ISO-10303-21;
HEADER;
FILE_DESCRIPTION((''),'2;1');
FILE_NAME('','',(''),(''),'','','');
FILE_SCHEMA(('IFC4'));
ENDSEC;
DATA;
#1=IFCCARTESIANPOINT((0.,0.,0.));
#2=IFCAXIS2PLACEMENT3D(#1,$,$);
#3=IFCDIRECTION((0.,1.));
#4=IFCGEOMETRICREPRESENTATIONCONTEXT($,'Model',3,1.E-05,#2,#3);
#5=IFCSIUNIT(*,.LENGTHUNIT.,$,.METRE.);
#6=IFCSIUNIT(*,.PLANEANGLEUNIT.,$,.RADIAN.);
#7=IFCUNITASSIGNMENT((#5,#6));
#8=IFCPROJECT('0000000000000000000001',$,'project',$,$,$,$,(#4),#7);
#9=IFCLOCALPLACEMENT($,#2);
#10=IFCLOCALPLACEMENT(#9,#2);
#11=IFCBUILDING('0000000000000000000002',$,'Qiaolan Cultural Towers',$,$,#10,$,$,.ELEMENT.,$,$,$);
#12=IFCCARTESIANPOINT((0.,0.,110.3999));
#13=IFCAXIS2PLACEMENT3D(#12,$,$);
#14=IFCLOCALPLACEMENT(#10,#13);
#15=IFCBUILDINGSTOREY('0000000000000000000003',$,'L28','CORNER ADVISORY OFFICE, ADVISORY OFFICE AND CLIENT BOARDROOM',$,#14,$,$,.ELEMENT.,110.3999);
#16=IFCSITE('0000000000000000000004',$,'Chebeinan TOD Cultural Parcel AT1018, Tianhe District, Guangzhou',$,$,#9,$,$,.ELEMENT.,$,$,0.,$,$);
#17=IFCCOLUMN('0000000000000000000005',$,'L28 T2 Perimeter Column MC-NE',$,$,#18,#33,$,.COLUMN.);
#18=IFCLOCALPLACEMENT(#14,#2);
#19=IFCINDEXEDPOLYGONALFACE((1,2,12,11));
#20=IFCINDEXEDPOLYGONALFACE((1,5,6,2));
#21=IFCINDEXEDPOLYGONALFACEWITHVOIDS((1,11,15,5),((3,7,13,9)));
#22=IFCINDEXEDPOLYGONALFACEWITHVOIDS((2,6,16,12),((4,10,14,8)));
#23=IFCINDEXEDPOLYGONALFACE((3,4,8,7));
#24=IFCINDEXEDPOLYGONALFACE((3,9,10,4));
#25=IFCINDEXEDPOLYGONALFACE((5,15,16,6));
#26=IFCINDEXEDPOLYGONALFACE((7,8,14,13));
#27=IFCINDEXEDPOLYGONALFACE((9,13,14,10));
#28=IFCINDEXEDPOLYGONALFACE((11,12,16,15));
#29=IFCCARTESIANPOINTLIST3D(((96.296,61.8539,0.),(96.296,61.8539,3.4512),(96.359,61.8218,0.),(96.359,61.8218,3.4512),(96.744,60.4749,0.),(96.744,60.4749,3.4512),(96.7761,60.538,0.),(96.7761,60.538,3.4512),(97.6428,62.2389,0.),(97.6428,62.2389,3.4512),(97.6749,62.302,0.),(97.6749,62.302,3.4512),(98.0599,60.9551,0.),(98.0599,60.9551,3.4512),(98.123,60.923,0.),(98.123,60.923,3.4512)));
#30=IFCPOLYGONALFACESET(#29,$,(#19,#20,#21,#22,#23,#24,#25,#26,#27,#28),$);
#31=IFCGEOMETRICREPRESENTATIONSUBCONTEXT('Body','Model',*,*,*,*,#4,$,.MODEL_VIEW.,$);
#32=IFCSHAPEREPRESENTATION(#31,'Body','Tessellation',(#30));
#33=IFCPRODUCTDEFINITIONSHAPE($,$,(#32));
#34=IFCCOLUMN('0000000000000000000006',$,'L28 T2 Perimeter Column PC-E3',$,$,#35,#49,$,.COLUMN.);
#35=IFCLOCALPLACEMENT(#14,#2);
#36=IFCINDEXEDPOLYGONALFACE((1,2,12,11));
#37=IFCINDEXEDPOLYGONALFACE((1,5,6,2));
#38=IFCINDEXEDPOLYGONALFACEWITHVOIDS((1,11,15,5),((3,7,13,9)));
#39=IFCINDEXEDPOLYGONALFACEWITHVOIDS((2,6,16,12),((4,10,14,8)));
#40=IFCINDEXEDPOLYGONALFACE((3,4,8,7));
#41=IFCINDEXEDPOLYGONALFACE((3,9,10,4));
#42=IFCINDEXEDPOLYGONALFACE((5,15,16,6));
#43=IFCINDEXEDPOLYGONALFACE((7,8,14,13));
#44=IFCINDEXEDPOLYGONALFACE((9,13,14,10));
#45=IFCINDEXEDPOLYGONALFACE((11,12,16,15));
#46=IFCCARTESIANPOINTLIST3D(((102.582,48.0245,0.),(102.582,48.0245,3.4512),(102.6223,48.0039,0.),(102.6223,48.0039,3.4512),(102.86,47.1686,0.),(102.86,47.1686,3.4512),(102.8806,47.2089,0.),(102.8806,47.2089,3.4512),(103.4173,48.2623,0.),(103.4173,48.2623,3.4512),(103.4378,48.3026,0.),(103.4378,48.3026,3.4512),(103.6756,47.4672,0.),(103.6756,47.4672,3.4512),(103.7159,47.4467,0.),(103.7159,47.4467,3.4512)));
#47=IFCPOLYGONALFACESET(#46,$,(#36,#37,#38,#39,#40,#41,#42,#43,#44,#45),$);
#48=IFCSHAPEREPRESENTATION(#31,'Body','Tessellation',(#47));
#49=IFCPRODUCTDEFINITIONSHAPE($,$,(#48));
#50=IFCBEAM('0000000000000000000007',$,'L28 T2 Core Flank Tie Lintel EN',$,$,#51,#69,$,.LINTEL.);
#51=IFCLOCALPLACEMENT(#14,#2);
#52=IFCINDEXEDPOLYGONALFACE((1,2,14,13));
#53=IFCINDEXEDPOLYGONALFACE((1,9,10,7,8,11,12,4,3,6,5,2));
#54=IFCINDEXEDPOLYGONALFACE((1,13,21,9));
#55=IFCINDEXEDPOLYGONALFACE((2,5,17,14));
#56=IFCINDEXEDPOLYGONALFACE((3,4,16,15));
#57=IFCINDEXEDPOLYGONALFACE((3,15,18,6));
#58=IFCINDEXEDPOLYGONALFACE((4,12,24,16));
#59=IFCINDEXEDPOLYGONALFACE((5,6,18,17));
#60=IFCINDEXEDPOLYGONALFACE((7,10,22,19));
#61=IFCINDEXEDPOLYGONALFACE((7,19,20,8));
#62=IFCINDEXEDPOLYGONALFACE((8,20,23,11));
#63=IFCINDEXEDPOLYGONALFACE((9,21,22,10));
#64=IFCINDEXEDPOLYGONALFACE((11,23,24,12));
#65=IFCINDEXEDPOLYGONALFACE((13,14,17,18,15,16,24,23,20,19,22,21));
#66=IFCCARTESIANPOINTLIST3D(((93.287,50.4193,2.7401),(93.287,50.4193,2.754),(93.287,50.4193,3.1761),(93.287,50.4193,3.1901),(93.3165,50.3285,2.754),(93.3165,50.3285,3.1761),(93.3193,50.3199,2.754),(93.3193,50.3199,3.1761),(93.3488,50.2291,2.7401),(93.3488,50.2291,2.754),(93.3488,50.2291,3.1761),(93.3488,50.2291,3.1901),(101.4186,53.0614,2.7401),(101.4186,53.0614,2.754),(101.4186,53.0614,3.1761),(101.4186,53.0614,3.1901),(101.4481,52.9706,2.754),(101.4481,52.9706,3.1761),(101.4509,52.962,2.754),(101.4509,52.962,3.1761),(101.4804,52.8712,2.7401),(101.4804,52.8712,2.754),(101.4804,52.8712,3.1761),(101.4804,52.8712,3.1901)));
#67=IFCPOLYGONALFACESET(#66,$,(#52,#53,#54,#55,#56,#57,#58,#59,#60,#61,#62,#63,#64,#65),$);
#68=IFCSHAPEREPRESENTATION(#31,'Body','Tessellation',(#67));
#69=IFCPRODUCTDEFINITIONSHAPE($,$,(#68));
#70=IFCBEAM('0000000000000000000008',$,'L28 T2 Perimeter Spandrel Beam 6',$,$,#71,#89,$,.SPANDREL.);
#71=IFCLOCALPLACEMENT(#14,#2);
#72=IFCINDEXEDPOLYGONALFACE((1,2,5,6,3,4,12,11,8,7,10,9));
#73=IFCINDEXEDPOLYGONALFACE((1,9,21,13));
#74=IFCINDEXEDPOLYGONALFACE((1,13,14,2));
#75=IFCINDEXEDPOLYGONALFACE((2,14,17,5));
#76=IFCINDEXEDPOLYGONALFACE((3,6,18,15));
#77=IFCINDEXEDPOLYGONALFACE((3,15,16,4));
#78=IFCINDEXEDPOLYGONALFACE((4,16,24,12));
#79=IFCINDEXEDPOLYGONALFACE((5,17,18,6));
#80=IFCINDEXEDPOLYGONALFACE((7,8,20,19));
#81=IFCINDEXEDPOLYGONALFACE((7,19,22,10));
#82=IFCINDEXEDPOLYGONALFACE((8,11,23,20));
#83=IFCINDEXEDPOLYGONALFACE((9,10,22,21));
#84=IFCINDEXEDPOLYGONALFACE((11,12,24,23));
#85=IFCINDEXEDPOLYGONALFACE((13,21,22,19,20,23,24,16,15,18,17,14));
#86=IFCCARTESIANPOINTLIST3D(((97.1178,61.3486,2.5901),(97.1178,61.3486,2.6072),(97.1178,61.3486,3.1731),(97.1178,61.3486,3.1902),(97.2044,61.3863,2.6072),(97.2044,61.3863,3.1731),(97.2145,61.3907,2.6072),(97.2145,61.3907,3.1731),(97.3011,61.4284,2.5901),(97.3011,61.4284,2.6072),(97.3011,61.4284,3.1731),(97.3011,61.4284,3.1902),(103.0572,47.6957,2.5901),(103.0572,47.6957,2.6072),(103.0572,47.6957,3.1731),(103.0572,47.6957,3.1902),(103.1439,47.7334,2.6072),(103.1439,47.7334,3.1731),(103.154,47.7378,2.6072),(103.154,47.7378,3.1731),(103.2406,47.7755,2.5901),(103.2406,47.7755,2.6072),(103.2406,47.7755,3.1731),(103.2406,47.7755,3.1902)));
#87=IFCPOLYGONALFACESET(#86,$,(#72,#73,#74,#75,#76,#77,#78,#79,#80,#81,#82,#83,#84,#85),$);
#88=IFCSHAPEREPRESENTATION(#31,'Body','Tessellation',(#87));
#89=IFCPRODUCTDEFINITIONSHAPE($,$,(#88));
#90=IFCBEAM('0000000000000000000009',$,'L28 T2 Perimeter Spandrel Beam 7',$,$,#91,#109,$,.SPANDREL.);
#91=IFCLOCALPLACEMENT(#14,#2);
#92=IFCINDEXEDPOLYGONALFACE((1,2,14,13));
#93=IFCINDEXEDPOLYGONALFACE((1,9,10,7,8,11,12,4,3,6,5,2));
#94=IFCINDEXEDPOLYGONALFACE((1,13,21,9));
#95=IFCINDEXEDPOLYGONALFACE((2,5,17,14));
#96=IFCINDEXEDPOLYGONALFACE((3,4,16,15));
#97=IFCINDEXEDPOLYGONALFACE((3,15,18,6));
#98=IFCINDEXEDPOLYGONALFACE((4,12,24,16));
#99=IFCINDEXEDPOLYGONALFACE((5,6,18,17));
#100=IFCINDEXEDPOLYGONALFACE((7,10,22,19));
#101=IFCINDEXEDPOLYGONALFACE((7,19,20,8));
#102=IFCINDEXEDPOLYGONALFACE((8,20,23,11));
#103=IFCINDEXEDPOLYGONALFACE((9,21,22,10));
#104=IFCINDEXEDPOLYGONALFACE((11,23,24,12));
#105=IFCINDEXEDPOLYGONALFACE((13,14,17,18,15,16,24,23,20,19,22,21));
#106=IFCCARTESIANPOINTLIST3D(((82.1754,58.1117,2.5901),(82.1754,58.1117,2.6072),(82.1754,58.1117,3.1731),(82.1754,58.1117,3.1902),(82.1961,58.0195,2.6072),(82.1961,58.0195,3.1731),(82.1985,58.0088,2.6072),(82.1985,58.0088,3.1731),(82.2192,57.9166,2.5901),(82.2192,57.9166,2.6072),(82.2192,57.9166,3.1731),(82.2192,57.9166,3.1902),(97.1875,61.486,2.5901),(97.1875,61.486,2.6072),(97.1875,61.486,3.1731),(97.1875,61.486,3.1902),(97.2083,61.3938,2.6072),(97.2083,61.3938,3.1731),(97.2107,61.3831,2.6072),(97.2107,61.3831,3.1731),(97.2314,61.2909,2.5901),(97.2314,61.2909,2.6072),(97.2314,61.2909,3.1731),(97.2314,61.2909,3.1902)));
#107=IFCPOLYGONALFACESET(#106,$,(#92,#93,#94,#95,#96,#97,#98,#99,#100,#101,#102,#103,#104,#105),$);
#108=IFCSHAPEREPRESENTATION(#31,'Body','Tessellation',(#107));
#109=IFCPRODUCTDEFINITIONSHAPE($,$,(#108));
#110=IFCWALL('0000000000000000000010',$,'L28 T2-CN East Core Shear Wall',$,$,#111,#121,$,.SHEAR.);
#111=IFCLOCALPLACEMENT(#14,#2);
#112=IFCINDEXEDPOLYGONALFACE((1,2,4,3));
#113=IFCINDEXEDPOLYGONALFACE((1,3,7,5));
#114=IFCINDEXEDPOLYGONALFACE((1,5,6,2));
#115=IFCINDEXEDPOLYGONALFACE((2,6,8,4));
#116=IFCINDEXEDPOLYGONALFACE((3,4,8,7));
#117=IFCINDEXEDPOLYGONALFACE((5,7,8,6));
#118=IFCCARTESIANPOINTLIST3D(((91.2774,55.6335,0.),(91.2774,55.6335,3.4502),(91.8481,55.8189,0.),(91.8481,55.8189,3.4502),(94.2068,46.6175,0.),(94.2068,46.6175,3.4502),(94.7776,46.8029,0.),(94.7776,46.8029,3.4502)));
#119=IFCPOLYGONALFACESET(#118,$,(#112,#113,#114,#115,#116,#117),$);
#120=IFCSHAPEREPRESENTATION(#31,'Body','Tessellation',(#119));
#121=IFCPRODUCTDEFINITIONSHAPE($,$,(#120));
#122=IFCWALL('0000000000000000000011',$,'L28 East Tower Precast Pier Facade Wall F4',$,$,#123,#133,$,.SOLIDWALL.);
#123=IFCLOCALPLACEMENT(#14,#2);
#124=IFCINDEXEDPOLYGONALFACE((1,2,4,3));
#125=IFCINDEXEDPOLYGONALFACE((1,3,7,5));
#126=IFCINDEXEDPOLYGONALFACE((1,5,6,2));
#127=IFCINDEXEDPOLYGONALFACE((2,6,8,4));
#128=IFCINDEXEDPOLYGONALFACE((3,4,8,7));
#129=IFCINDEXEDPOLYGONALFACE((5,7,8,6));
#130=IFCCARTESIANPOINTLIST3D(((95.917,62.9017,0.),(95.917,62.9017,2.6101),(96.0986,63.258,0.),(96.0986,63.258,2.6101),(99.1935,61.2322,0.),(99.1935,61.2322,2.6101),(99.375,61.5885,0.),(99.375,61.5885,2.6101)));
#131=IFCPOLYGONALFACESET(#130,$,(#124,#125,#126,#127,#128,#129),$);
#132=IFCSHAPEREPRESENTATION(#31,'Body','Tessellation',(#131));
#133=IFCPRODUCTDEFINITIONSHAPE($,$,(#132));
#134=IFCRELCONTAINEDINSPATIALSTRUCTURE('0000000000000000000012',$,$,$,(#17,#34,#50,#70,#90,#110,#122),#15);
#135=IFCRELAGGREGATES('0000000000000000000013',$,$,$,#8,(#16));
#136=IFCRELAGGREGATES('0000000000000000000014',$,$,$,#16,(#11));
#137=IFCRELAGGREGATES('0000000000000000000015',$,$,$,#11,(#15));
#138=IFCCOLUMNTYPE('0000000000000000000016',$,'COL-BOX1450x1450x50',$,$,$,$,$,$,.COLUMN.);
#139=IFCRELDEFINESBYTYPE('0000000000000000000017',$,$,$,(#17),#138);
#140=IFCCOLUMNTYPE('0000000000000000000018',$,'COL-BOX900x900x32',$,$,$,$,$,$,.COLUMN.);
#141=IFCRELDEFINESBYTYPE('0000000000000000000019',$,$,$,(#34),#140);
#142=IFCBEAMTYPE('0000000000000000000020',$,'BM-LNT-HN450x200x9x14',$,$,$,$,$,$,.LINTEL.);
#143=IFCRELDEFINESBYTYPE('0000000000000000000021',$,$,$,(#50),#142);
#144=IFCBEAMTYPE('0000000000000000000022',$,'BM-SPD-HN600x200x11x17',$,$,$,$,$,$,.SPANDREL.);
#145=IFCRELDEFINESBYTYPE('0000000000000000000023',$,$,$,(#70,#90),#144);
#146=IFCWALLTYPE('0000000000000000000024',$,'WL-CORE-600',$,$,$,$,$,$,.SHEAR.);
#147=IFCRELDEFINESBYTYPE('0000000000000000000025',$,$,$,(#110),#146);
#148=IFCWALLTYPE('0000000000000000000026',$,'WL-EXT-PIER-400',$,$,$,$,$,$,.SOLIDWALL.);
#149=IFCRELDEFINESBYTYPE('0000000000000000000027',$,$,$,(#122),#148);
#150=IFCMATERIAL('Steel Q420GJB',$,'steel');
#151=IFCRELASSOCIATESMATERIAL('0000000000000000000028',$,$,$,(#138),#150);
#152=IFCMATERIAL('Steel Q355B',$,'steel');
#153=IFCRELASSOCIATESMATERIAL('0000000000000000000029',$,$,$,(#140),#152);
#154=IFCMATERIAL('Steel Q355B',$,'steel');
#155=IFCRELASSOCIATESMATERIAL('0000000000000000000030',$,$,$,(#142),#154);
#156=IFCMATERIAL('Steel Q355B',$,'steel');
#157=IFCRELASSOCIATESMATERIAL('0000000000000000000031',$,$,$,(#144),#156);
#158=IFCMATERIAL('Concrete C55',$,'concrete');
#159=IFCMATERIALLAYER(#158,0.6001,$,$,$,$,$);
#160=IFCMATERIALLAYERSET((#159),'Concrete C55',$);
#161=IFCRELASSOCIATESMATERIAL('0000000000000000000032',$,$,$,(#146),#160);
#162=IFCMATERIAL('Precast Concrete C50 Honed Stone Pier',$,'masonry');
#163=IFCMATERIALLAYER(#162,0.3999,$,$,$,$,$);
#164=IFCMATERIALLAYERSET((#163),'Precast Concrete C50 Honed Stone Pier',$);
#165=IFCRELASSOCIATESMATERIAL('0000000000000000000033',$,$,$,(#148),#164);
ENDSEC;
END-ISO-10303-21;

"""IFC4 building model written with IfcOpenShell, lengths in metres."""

from ifc_helpers import new_model, si_unit, direction, frame, frame_2d, origin, origin_2d, place, context, subcontext, project, spatial, rectangle, hollow_rectangle, i_section, extrude, material, layer, layer_set, material_profile, profile_set, type_object, element, save


model = new_model("IFC4")

# Units and contexts
model_context = context("Model", 3, precision=1e-05, world=origin(), true_north=direction((0.0, 1.0)))
body_context = subcontext(model_context, "Body", "Model", "MODEL_VIEW")
ifc_project = project(units=[si_unit("LENGTHUNIT", "METRE"), si_unit("PLANEANGLEUNIT", "RADIAN")], contexts=[model_context])

# Site, building, storey
site_placement = place(None, origin())
site = spatial("IfcSite", under=ifc_project, at=site_placement, Name="Chebeinan TOD Cultural Parcel AT1018, Tianhe District, Guangzhou", CompositionType="ELEMENT", RefElevation=0.0)
building_placement = place(site_placement, origin())
building = spatial("IfcBuilding", under=site, at=building_placement, Name="Qiaolan Cultural Towers", CompositionType="ELEMENT")
storey_placement = place(building_placement, frame((0.0, 0.0, 110.3999)))
storey = spatial("IfcBuildingStorey", under=building, at=storey_placement, Name="L28", Description="CORNER ADVISORY OFFICE, ADVISORY OFFICE AND CLIENT BOARDROOM", CompositionType="ELEMENT", Elevation=110.3999)

# Columns
ifc_material_1 = material(Name="Steel Q420GJB", Category="steel")
ifc_material_profile_1 = material_profile(ifc_material_1, hollow_rectangle(XDim=1.45, YDim=1.45, WallThickness=0.05, at=origin_2d()), Name="BOX1450x1450x50")
ifc_profile_set_1 = profile_set([ifc_material_profile_1], Name="Steel Q420GJB")
column_type_1 = type_object("IfcColumnType", Name="COL-BOX1450x1450x50", PredefinedType="COLUMN", material=ifc_profile_set_1)
column_1_placement = place(storey_placement, frame((97.2095, 61.3884, 0.0), z_axis=(0.0, 0.0, 1.0), x_axis=(0.951057, 0.309017, 0.0)))
element("IfcColumn", 1, at=column_1_placement, inside=storey, type_object=column_type_1, Name="L28 T2 Perimeter Column MC-NE", PredefinedType="COLUMN", context=body_context, shape_type="SweptSolid", body=[
    extrude(hollow_rectangle(XDim=1.45, YDim=1.45, WallThickness=0.05, at=origin_2d()), origin(), (0.0, 0.0, 1.0), 3.4512),
])
ifc_material_2 = material(Name="Steel Q355B", Category="steel")
ifc_material_profile_2 = material_profile(ifc_material_2, hollow_rectangle(XDim=0.8999, YDim=0.8999, WallThickness=0.032, at=origin_2d()), Name="BOX900x900x32")
ifc_profile_set_2 = profile_set([ifc_material_profile_2], Name="Steel Q355B")
column_type_2 = type_object("IfcColumnType", Name="COL-BOX900x900x32", PredefinedType="COLUMN", material=ifc_profile_set_2)
column_2_placement = place(storey_placement, frame((103.1489, 47.7356, 0.0), z_axis=(0.0, 0.0, 1.0), x_axis=(0.951057, 0.309017, 0.0)))
element("IfcColumn", 2, at=column_2_placement, inside=storey, type_object=column_type_2, Name="L28 T2 Perimeter Column PC-E3", PredefinedType="COLUMN", context=body_context, shape_type="SweptSolid", body=[
    extrude(hollow_rectangle(XDim=0.8999, YDim=0.8999, WallThickness=0.032, at=origin_2d()), origin(), (0.0, 0.0, 1.0), 3.4512),
])

# Beams
ifc_material_3 = material(Name="Steel Q355B", Category="steel")
ifc_material_profile_3 = material_profile(ifc_material_3, i_section(OverallWidth=0.2, OverallDepth=0.45, WebThickness=0.009, FlangeThickness=0.0139, at=origin_2d()), Name="HN450x200x9x14")
ifc_profile_set_3 = profile_set([ifc_material_profile_3], Name="Steel Q355B")
beam_type_1 = type_object("IfcBeamType", Name="BM-LNT-HN450x200x9x14", PredefinedType="LINTEL", material=ifc_profile_set_3)
beam_1_placement = place(storey_placement, frame((93.3179, 50.3242, 2.9651), z_axis=(0.951057, 0.309014, 0.0), x_axis=(-0.309014, 0.951057, 0.0)))
element("IfcBeam", 3, at=beam_1_placement, inside=storey, type_object=beam_type_1, Name="L28 T2 Core Flank Tie Lintel EN", PredefinedType="LINTEL", context=body_context, shape_type="SweptSolid", body=[
    extrude(i_section(OverallWidth=0.2, OverallDepth=0.45, WebThickness=0.009, FlangeThickness=0.0139, at=origin_2d()), origin(), (0.0, 0.0, 1.0), 8.55),
])
ifc_material_4 = material(Name="Steel Q355B", Category="steel")
ifc_material_profile_4 = material_profile(ifc_material_4, i_section(OverallWidth=0.2, OverallDepth=0.6001, WebThickness=0.011, FlangeThickness=0.0171, at=origin_2d()), Name="HN600x200x11x17")
ifc_profile_set_4 = profile_set([ifc_material_profile_4], Name="Steel Q355B")
beam_type_2 = type_object("IfcBeamType", Name="BM-SPD-HN600x200x11x17", PredefinedType="SPANDREL", material=ifc_profile_set_4)
beam_2_placement = place(storey_placement, frame((103.1489, 47.7356, 2.8901), z_axis=(-0.39892, 0.916986, 0.0), x_axis=(-0.916986, -0.39892, 0.0)))
element("IfcBeam", 4, at=beam_2_placement, inside=storey, type_object=beam_type_2, Name="L28 T2 Perimeter Spandrel Beam 6", PredefinedType="SPANDREL", context=body_context, shape_type="SweptSolid", body=[
    extrude(i_section(OverallWidth=0.2, OverallDepth=0.6001, WebThickness=0.011, FlangeThickness=0.0171, at=origin_2d()), origin(), (0.0, 0.0, 1.0), 14.8889),
])
beam_3_placement = place(storey_placement, frame((97.2095, 61.3884, 2.8901), z_axis=(-0.975658, -0.219297, 0.0), x_axis=(0.219297, -0.975658, 0.0)))
element("IfcBeam", 5, at=beam_3_placement, inside=storey, type_object=beam_type_2, Name="L28 T2 Perimeter Spandrel Beam 7", PredefinedType="SPANDREL", context=body_context, shape_type="SweptSolid", body=[
    extrude(i_section(OverallWidth=0.2, OverallDepth=0.6001, WebThickness=0.011, FlangeThickness=0.0171, at=origin_2d()), origin(), (0.0, 0.0, 1.0), 15.3867),
])

# Walls
ifc_material_5 = material(Name="Concrete C55", Category="concrete")
ifc_layer_1 = layer(ifc_material_5, 0.6001)
ifc_layer_set_1 = layer_set([ifc_layer_1], Name="Concrete C55")
wall_type_1 = type_object("IfcWallType", Name="WL-CORE-600", PredefinedType="SHEAR", material=ifc_layer_set_1)
wall_1_placement = place(storey_placement, frame((94.4922, 46.7102, 0.0), z_axis=(0.0, 0.0, 1.0), x_axis=(-0.30901, 0.951059, 0.0)))
element("IfcWall", 6, at=wall_1_placement, inside=storey, type_object=wall_type_1, Name="L28 T2-CN East Core Shear Wall", PredefinedType="SHEAR", context=body_context, shape_type="SweptSolid", body=[
    extrude(rectangle(XDim=9.48, YDim=0.6001, at=frame_2d((4.74, 0.0))), origin(), (0.0, 0.0, 1.0), 3.4502),
])
ifc_material_6 = material(Name="Precast Concrete C50 Honed Stone Pier", Category="masonry")
ifc_layer_2 = layer(ifc_material_6, 0.3999)
ifc_layer_set_2 = layer_set([ifc_layer_2], Name="Precast Concrete C50 Honed Stone Pier")
wall_type_2 = type_object("IfcWallType", Name="WL-EXT-PIER-400", PredefinedType="SOLIDWALL", material=ifc_layer_set_2)
wall_2_placement = place(storey_placement, frame((96.0078, 63.0798, 0.0), z_axis=(0.0, 0.0, 1.0), x_axis=(0.891002, -0.453999, 0.0)))
element("IfcWall", 7, at=wall_2_placement, inside=storey, type_object=wall_type_2, Name="L28 East Tower Precast Pier Facade Wall F4", PredefinedType="SOLIDWALL", context=body_context, shape_type="SweptSolid", body=[
    extrude(rectangle(XDim=3.6772, YDim=0.3999, at=frame_2d((1.8386, 0.0))), origin(), (0.0, 0.0, 1.0), 2.6101),
])

save(model, "model.ifc")
